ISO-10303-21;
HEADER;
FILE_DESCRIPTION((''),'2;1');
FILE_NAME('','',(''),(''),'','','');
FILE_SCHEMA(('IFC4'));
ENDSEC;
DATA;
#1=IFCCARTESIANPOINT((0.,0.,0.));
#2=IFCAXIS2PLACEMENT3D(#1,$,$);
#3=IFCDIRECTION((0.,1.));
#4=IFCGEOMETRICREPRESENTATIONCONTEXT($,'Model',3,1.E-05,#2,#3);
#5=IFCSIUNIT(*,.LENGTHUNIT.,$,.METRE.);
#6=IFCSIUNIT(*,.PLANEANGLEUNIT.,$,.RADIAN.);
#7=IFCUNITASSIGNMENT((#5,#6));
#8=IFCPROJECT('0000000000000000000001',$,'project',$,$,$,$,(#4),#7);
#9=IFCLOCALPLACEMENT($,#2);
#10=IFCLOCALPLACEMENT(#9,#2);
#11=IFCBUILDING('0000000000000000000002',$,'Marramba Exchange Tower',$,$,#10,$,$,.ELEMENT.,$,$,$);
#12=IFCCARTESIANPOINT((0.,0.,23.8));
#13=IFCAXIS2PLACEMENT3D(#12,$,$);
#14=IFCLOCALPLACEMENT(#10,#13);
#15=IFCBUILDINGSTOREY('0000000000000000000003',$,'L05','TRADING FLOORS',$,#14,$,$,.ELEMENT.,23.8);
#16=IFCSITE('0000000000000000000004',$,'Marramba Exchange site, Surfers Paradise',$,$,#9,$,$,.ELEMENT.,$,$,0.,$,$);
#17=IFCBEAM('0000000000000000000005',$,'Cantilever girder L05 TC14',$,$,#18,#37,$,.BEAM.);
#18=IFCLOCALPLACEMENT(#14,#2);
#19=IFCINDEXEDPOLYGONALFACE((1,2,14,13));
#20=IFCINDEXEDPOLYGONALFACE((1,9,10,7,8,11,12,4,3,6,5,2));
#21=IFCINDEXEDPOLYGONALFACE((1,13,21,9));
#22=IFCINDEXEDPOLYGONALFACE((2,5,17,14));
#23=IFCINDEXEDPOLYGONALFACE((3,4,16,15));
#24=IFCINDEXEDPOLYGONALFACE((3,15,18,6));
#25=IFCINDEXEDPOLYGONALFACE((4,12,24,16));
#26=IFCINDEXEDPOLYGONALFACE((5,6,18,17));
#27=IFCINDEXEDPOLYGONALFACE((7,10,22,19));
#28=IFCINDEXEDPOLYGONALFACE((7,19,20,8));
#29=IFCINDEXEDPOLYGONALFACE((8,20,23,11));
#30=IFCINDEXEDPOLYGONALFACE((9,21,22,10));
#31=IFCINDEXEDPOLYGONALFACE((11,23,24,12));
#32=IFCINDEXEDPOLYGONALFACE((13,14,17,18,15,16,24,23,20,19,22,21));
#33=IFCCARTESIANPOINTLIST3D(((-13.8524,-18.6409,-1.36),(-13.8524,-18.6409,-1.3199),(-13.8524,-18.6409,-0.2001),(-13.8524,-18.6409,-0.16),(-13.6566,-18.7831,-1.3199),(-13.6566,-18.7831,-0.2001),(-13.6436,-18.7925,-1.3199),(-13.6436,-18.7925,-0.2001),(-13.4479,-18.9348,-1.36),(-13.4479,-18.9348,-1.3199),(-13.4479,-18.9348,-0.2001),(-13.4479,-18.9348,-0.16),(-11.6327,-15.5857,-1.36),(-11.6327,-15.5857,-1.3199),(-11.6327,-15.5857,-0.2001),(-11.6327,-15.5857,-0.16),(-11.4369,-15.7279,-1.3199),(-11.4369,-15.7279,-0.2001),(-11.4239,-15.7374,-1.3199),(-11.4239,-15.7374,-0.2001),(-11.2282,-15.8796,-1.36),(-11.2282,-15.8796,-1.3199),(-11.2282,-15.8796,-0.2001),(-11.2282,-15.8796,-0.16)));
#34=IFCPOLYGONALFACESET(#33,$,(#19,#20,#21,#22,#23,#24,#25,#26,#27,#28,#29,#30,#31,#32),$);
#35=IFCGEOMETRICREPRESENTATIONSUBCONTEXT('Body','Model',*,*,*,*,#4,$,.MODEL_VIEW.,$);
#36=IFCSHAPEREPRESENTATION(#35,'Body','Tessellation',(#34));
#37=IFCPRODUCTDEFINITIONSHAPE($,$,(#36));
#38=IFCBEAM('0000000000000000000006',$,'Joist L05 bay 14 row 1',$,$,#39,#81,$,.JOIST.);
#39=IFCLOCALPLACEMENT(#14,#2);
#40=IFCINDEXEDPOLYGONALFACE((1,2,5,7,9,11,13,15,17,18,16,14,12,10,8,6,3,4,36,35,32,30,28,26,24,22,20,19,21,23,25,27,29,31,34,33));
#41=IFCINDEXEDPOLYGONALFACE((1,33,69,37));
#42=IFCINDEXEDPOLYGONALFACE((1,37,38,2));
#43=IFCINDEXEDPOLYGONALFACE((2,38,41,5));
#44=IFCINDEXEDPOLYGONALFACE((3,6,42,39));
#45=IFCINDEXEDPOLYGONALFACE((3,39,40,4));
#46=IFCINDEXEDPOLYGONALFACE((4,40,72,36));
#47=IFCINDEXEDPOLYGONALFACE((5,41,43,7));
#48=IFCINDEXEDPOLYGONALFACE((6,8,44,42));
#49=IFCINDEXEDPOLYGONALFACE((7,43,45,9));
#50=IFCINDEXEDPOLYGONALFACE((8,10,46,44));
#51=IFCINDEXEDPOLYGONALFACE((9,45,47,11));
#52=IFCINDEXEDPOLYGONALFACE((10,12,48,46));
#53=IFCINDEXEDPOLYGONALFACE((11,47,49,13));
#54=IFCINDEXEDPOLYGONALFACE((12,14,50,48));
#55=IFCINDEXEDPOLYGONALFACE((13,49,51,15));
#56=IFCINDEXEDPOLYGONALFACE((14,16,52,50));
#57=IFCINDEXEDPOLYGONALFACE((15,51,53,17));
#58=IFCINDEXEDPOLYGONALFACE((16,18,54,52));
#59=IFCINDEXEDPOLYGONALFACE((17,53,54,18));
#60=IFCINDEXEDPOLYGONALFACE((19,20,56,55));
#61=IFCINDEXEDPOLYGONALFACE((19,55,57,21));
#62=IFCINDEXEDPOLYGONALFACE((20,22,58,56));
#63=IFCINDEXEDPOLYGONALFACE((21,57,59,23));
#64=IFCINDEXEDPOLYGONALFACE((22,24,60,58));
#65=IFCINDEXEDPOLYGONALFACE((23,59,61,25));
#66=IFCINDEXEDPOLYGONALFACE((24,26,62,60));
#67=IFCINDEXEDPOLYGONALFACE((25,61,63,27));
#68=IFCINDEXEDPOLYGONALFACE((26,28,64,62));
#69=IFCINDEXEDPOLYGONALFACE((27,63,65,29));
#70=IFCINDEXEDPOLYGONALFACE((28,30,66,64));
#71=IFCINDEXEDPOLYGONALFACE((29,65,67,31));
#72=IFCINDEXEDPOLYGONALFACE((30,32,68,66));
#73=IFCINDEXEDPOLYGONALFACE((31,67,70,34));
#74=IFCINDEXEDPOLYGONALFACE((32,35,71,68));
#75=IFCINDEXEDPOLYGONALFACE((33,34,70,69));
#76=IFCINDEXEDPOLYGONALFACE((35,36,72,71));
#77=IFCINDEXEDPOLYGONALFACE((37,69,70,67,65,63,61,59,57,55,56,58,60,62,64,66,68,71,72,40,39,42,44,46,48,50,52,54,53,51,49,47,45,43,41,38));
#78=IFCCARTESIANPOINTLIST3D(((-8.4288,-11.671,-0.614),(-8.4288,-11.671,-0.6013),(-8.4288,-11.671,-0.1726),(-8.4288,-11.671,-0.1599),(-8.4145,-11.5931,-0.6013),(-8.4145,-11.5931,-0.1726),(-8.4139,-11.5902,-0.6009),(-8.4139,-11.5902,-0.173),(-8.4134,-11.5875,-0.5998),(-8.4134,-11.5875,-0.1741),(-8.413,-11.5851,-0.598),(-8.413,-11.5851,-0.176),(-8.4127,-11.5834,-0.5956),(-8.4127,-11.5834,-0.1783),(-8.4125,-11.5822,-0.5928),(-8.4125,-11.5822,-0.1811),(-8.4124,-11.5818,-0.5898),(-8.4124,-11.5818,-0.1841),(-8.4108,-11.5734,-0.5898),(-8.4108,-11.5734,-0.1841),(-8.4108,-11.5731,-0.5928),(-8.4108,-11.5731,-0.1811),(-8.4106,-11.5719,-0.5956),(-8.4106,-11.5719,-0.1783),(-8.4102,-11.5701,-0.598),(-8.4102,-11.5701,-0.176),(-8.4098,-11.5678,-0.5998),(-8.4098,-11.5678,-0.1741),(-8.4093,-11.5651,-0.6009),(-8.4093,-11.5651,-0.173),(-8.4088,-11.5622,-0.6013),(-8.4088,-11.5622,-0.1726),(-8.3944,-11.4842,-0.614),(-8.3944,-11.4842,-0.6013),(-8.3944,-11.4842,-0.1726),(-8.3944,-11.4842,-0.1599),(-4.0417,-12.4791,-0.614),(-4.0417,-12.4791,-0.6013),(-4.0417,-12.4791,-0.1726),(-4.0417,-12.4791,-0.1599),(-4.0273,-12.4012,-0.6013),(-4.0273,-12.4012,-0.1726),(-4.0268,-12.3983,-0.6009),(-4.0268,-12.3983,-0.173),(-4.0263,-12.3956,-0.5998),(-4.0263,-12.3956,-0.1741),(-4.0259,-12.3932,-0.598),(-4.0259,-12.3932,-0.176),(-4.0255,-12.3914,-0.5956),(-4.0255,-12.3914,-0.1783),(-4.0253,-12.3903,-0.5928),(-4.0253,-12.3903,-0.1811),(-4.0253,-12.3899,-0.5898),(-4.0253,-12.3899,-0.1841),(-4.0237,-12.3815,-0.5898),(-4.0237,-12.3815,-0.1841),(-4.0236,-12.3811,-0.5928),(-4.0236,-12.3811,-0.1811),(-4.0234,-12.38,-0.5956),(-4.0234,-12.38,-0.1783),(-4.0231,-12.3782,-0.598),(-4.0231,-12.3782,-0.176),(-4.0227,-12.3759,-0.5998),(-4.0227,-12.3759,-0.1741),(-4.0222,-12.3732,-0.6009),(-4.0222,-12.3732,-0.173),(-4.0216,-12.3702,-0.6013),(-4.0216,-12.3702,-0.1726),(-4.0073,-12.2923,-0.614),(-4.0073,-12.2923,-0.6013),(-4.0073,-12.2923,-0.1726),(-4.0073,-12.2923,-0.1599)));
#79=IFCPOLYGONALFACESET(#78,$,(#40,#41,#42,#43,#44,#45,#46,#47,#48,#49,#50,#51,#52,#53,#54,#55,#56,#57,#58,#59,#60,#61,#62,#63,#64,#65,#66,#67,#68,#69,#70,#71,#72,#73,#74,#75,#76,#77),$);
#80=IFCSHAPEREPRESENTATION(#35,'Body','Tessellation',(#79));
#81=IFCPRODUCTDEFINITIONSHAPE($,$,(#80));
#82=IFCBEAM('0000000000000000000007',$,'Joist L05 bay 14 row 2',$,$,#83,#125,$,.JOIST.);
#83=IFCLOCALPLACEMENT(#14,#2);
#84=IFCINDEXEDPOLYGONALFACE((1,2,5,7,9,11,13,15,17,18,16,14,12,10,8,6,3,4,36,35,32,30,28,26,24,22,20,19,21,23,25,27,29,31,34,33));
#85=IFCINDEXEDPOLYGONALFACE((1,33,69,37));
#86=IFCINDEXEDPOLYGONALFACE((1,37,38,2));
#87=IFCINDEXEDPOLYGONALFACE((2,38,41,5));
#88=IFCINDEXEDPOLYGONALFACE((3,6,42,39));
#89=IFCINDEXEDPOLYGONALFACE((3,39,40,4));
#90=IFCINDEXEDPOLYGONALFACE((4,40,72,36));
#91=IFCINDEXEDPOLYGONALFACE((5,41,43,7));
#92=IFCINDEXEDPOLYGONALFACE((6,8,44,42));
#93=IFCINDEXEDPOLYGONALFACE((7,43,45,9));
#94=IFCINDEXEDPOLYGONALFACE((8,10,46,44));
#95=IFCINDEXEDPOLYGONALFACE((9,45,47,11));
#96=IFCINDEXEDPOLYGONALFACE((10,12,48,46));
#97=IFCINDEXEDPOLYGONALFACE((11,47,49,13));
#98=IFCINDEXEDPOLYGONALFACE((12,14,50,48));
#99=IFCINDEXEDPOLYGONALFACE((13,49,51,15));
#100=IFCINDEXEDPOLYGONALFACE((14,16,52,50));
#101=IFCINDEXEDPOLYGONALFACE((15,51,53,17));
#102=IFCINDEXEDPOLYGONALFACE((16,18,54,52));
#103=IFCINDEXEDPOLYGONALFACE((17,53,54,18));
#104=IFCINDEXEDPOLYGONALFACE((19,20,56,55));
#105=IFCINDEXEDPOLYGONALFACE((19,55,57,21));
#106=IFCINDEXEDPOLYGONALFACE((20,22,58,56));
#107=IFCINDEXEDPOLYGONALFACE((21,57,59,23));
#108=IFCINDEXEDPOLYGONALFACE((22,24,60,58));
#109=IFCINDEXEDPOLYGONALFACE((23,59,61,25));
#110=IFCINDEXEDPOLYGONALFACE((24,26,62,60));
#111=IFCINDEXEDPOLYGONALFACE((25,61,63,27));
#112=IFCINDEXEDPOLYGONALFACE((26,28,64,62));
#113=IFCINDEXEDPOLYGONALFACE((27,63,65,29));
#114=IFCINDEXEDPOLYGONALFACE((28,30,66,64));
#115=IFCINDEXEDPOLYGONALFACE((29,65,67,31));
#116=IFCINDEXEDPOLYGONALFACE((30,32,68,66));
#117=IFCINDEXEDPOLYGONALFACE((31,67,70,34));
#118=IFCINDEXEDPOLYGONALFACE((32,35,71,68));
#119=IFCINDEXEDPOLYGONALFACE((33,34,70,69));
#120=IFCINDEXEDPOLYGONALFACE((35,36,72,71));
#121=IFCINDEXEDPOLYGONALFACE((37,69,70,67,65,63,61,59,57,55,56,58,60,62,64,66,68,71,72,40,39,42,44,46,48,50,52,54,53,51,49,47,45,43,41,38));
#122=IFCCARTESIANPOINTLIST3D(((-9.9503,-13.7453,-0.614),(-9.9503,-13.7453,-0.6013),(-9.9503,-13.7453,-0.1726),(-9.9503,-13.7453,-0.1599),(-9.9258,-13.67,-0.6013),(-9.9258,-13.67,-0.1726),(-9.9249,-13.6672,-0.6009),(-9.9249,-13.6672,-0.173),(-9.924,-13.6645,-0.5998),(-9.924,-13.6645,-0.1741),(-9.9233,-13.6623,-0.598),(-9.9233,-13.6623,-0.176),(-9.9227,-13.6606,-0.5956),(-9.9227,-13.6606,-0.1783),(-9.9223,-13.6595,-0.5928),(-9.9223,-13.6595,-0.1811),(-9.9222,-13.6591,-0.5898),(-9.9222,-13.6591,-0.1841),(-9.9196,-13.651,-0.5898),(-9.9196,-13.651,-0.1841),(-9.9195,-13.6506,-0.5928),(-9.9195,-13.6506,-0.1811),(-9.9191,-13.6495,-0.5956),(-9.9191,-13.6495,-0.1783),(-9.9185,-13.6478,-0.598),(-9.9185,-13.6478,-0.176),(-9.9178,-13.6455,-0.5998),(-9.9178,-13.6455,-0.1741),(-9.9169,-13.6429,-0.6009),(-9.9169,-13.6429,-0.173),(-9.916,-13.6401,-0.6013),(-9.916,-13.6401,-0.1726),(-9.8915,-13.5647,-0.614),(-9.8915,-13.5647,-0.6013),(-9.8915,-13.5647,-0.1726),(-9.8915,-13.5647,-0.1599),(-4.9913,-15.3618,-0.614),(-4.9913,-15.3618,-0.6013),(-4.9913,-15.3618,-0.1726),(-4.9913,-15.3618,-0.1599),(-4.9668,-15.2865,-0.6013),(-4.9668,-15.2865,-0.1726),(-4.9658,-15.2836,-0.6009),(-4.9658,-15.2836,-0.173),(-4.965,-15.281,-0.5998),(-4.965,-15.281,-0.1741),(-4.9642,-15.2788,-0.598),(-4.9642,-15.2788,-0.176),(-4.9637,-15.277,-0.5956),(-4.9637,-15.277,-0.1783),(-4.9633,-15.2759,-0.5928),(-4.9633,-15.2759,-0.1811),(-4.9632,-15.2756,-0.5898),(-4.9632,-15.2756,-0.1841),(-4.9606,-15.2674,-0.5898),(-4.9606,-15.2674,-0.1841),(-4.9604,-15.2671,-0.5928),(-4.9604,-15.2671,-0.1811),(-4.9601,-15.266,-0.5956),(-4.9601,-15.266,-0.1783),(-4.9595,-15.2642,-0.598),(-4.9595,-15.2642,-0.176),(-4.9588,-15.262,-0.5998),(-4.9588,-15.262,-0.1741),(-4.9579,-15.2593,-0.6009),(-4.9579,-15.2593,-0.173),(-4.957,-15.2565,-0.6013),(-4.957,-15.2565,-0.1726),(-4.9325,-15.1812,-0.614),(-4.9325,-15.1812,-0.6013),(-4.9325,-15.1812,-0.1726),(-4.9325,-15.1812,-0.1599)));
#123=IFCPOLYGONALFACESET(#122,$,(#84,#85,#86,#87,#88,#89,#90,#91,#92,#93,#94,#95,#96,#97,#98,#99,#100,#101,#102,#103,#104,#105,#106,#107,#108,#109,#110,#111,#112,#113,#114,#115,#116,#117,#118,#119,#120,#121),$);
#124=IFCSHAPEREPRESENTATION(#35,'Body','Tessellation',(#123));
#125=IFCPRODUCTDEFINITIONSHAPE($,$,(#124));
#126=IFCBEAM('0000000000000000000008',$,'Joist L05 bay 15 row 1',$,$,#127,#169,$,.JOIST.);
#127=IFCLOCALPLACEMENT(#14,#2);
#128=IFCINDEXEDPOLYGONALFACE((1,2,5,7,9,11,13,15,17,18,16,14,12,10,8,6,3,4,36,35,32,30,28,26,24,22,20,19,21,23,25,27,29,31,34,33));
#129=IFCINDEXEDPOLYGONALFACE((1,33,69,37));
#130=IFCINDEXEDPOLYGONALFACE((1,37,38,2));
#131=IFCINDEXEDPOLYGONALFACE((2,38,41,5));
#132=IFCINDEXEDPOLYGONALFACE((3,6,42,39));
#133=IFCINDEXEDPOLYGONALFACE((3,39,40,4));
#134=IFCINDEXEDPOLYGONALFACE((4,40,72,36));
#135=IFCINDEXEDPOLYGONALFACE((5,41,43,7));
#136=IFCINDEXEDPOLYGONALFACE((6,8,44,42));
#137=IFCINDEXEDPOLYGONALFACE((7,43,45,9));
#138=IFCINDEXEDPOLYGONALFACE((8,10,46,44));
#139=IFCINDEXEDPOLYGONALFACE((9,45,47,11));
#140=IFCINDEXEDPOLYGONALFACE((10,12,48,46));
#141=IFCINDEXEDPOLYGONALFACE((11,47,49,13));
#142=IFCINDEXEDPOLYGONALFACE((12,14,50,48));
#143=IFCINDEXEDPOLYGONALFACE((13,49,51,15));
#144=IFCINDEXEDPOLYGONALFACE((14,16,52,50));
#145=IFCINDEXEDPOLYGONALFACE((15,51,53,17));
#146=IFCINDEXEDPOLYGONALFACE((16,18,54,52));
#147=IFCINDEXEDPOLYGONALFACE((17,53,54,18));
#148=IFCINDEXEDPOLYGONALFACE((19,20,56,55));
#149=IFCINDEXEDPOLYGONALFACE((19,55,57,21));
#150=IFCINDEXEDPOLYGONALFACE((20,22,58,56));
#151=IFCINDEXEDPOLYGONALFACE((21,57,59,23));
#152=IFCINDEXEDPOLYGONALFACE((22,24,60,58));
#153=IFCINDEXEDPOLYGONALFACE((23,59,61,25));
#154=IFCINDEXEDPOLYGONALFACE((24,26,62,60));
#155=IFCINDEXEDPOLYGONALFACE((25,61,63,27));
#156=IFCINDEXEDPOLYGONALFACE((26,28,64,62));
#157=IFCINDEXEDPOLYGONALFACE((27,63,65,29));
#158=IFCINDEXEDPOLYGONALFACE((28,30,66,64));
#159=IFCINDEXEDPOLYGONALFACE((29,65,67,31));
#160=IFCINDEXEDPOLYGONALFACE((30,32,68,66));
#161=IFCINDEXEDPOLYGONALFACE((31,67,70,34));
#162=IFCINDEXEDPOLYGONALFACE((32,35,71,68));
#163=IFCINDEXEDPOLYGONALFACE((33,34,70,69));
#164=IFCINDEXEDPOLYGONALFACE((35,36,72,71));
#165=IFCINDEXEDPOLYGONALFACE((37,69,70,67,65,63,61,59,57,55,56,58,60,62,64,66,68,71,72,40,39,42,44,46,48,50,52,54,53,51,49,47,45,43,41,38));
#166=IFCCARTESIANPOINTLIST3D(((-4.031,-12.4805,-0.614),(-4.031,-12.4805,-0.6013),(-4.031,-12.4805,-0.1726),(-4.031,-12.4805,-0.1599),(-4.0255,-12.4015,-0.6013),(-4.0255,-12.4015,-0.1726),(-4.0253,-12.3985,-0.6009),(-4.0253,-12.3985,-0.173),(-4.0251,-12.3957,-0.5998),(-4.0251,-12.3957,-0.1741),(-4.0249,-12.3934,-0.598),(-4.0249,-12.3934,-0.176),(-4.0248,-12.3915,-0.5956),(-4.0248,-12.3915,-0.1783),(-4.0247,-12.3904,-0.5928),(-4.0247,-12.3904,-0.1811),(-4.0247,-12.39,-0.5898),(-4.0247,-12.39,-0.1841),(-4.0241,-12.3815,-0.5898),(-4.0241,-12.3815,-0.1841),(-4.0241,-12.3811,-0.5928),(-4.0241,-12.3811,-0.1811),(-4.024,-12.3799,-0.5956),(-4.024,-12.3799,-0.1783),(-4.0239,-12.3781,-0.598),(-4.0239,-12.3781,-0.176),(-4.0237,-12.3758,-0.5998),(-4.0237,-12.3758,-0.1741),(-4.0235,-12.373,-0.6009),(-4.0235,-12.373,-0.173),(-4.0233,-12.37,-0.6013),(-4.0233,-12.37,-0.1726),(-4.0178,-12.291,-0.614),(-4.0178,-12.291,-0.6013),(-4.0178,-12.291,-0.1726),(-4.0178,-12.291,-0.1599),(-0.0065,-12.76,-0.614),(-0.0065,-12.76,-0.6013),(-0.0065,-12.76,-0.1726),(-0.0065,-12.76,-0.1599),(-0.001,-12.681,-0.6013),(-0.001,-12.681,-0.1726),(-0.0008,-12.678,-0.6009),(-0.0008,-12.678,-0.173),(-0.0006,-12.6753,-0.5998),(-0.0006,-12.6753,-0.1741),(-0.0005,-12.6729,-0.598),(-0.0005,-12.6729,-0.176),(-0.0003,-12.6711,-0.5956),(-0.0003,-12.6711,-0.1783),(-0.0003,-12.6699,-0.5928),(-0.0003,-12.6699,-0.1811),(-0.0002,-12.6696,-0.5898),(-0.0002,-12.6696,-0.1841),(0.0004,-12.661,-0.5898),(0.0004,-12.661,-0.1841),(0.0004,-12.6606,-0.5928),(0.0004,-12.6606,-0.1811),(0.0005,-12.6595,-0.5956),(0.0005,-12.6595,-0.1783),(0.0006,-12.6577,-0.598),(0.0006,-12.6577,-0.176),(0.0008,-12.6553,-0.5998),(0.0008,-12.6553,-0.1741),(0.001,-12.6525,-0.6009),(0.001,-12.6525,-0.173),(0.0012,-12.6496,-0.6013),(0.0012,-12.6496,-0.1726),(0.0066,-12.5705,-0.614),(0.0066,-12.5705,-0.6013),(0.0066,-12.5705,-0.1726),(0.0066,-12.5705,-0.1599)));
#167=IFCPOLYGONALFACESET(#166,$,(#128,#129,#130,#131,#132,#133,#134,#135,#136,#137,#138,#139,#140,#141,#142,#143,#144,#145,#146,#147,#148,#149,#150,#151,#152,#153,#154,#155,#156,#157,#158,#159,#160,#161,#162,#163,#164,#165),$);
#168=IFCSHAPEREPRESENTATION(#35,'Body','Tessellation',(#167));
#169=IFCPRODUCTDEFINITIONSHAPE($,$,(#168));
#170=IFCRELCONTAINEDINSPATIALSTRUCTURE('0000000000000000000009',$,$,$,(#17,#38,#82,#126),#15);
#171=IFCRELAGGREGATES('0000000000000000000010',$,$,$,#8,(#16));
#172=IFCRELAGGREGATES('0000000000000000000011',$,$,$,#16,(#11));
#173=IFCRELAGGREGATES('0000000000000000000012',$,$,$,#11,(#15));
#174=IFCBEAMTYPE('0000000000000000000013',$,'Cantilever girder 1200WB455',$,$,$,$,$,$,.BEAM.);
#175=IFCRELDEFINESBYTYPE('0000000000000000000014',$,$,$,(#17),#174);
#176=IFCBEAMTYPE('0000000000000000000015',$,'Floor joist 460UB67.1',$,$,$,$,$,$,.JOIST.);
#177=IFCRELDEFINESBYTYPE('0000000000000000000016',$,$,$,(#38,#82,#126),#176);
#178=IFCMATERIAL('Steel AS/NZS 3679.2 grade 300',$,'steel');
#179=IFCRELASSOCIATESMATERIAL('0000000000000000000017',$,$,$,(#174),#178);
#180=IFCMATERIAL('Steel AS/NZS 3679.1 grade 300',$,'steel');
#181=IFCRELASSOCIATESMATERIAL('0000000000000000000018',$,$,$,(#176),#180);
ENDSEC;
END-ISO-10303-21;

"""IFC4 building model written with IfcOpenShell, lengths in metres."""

from ifc_helpers import new_model, si_unit, direction, frame, origin, origin_2d, place, context, subcontext, project, spatial, i_section, extrude, material, material_profile, profile_set, type_object, element, save


model = new_model("IFC4")

# Units and contexts
model_context = context("Model", 3, precision=1e-05, world=origin(), true_north=direction((0.0, 1.0)))
body_context = subcontext(model_context, "Body", "Model", "MODEL_VIEW")
ifc_project = project(units=[si_unit("LENGTHUNIT", "METRE"), si_unit("PLANEANGLEUNIT", "RADIAN")], contexts=[model_context])

# Site, building, storey
site_placement = place(None, origin())
site = spatial("IfcSite", under=ifc_project, at=site_placement, Name="Marramba Exchange site, Surfers Paradise", CompositionType="ELEMENT", RefElevation=0.0)
building_placement = place(site_placement, origin())
building = spatial("IfcBuilding", under=site, at=building_placement, Name="Marramba Exchange Tower", CompositionType="ELEMENT")
storey_placement = place(building_placement, frame((0.0, 0.0, 23.8)))
storey = spatial("IfcBuildingStorey", under=building, at=storey_placement, Name="L05", Description="TRADING FLOORS", CompositionType="ELEMENT", Elevation=23.8)

# Beams
ifc_material_1 = material(Name="Steel AS/NZS 3679.2 grade 300", Category="steel")
ifc_material_profile_1 = material_profile(ifc_material_1, i_section(OverallWidth=0.5, OverallDepth=1.2, WebThickness=0.0161, FlangeThickness=0.04, at=origin_2d()), Name="1200WB455")
ifc_profile_set_1 = profile_set([ifc_material_profile_1], Name="Steel AS/NZS 3679.2 grade 300")
beam_type_1 = type_object("IfcBeamType", Name="Cantilever girder 1200WB455", PredefinedType="BEAM", material=ifc_profile_set_1)
beam_1_placement = place(storey_placement, frame((-11.4304, -15.7327, -0.76), z_axis=(-0.587787, -0.809016, 0.0), x_axis=(0.809016, -0.587787, 0.0)))
element("IfcBeam", 1, at=beam_1_placement, inside=storey, type_object=beam_type_1, Name="Cantilever girder L05 TC14", PredefinedType="BEAM", context=body_context, shape_type="SweptSolid", body=[
    extrude(i_section(OverallWidth=0.5, OverallDepth=1.2, WebThickness=0.0161, FlangeThickness=0.04, at=origin_2d()), origin(), (0.0, 0.0, 1.0), 3.7764),
])
ifc_material_2 = material(Name="Steel AS/NZS 3679.1 grade 300", Category="steel")
ifc_material_profile_2 = material_profile(ifc_material_2, i_section(OverallWidth=0.1899, OverallDepth=0.4541, WebThickness=0.0085, FlangeThickness=0.0127, FilletRadius=0.0115, at=origin_2d()), Name="460UB67.1")
ifc_profile_set_2 = profile_set([ifc_material_profile_2], Name="Steel AS/NZS 3679.1 grade 300")
beam_type_2 = type_object("IfcBeamType", Name="Floor joist 460UB67.1", PredefinedType="JOIST", material=ifc_profile_set_2)
beam_2_placement = place(storey_placement, frame((-8.4116, -11.5776, -0.387), z_axis=(0.983456, -0.181149, 0.0), x_axis=(0.181149, 0.983456, 0.0)))
element("IfcBeam", 2, at=beam_2_placement, inside=storey, type_object=beam_type_2, Name="Joist L05 bay 14 row 1", PredefinedType="JOIST", context=body_context, shape_type="SweptSolid", body=[
    extrude(i_section(OverallWidth=0.1899, OverallDepth=0.4541, WebThickness=0.0085, FlangeThickness=0.0127, FilletRadius=0.0115, at=origin_2d()), origin(), (0.0, 0.0, 1.0), 4.4609),
])
beam_3_placement = place(storey_placement, frame((-9.9209, -13.655, -0.387), z_axis=(0.950764, -0.309916, 0.0), x_axis=(0.309916, 0.950764, 0.0)))
element("IfcBeam", 3, at=beam_3_placement, inside=storey, type_object=beam_type_2, Name="Joist L05 bay 14 row 2", PredefinedType="JOIST", context=body_context, shape_type="SweptSolid", body=[
    extrude(i_section(OverallWidth=0.1899, OverallDepth=0.4541, WebThickness=0.0085, FlangeThickness=0.0127, FilletRadius=0.0115, at=origin_2d()), origin(), (0.0, 0.0, 1.0), 5.2158),
])
beam_4_placement = place(storey_placement, frame((-4.0244, -12.3857, -0.387), z_axis=(0.997596, -0.069294, 0.0), x_axis=(0.069294, 0.997596, 0.0)))
element("IfcBeam", 4, at=beam_4_placement, inside=storey, type_object=beam_type_2, Name="Joist L05 bay 15 row 1", PredefinedType="JOIST", context=body_context, shape_type="SweptSolid", body=[
    extrude(i_section(OverallWidth=0.1899, OverallDepth=0.4541, WebThickness=0.0085, FlangeThickness=0.0127, FilletRadius=0.0115, at=origin_2d()), origin(), (0.0, 0.0, 1.0), 4.0342),
])

save(model, "model.ifc")
